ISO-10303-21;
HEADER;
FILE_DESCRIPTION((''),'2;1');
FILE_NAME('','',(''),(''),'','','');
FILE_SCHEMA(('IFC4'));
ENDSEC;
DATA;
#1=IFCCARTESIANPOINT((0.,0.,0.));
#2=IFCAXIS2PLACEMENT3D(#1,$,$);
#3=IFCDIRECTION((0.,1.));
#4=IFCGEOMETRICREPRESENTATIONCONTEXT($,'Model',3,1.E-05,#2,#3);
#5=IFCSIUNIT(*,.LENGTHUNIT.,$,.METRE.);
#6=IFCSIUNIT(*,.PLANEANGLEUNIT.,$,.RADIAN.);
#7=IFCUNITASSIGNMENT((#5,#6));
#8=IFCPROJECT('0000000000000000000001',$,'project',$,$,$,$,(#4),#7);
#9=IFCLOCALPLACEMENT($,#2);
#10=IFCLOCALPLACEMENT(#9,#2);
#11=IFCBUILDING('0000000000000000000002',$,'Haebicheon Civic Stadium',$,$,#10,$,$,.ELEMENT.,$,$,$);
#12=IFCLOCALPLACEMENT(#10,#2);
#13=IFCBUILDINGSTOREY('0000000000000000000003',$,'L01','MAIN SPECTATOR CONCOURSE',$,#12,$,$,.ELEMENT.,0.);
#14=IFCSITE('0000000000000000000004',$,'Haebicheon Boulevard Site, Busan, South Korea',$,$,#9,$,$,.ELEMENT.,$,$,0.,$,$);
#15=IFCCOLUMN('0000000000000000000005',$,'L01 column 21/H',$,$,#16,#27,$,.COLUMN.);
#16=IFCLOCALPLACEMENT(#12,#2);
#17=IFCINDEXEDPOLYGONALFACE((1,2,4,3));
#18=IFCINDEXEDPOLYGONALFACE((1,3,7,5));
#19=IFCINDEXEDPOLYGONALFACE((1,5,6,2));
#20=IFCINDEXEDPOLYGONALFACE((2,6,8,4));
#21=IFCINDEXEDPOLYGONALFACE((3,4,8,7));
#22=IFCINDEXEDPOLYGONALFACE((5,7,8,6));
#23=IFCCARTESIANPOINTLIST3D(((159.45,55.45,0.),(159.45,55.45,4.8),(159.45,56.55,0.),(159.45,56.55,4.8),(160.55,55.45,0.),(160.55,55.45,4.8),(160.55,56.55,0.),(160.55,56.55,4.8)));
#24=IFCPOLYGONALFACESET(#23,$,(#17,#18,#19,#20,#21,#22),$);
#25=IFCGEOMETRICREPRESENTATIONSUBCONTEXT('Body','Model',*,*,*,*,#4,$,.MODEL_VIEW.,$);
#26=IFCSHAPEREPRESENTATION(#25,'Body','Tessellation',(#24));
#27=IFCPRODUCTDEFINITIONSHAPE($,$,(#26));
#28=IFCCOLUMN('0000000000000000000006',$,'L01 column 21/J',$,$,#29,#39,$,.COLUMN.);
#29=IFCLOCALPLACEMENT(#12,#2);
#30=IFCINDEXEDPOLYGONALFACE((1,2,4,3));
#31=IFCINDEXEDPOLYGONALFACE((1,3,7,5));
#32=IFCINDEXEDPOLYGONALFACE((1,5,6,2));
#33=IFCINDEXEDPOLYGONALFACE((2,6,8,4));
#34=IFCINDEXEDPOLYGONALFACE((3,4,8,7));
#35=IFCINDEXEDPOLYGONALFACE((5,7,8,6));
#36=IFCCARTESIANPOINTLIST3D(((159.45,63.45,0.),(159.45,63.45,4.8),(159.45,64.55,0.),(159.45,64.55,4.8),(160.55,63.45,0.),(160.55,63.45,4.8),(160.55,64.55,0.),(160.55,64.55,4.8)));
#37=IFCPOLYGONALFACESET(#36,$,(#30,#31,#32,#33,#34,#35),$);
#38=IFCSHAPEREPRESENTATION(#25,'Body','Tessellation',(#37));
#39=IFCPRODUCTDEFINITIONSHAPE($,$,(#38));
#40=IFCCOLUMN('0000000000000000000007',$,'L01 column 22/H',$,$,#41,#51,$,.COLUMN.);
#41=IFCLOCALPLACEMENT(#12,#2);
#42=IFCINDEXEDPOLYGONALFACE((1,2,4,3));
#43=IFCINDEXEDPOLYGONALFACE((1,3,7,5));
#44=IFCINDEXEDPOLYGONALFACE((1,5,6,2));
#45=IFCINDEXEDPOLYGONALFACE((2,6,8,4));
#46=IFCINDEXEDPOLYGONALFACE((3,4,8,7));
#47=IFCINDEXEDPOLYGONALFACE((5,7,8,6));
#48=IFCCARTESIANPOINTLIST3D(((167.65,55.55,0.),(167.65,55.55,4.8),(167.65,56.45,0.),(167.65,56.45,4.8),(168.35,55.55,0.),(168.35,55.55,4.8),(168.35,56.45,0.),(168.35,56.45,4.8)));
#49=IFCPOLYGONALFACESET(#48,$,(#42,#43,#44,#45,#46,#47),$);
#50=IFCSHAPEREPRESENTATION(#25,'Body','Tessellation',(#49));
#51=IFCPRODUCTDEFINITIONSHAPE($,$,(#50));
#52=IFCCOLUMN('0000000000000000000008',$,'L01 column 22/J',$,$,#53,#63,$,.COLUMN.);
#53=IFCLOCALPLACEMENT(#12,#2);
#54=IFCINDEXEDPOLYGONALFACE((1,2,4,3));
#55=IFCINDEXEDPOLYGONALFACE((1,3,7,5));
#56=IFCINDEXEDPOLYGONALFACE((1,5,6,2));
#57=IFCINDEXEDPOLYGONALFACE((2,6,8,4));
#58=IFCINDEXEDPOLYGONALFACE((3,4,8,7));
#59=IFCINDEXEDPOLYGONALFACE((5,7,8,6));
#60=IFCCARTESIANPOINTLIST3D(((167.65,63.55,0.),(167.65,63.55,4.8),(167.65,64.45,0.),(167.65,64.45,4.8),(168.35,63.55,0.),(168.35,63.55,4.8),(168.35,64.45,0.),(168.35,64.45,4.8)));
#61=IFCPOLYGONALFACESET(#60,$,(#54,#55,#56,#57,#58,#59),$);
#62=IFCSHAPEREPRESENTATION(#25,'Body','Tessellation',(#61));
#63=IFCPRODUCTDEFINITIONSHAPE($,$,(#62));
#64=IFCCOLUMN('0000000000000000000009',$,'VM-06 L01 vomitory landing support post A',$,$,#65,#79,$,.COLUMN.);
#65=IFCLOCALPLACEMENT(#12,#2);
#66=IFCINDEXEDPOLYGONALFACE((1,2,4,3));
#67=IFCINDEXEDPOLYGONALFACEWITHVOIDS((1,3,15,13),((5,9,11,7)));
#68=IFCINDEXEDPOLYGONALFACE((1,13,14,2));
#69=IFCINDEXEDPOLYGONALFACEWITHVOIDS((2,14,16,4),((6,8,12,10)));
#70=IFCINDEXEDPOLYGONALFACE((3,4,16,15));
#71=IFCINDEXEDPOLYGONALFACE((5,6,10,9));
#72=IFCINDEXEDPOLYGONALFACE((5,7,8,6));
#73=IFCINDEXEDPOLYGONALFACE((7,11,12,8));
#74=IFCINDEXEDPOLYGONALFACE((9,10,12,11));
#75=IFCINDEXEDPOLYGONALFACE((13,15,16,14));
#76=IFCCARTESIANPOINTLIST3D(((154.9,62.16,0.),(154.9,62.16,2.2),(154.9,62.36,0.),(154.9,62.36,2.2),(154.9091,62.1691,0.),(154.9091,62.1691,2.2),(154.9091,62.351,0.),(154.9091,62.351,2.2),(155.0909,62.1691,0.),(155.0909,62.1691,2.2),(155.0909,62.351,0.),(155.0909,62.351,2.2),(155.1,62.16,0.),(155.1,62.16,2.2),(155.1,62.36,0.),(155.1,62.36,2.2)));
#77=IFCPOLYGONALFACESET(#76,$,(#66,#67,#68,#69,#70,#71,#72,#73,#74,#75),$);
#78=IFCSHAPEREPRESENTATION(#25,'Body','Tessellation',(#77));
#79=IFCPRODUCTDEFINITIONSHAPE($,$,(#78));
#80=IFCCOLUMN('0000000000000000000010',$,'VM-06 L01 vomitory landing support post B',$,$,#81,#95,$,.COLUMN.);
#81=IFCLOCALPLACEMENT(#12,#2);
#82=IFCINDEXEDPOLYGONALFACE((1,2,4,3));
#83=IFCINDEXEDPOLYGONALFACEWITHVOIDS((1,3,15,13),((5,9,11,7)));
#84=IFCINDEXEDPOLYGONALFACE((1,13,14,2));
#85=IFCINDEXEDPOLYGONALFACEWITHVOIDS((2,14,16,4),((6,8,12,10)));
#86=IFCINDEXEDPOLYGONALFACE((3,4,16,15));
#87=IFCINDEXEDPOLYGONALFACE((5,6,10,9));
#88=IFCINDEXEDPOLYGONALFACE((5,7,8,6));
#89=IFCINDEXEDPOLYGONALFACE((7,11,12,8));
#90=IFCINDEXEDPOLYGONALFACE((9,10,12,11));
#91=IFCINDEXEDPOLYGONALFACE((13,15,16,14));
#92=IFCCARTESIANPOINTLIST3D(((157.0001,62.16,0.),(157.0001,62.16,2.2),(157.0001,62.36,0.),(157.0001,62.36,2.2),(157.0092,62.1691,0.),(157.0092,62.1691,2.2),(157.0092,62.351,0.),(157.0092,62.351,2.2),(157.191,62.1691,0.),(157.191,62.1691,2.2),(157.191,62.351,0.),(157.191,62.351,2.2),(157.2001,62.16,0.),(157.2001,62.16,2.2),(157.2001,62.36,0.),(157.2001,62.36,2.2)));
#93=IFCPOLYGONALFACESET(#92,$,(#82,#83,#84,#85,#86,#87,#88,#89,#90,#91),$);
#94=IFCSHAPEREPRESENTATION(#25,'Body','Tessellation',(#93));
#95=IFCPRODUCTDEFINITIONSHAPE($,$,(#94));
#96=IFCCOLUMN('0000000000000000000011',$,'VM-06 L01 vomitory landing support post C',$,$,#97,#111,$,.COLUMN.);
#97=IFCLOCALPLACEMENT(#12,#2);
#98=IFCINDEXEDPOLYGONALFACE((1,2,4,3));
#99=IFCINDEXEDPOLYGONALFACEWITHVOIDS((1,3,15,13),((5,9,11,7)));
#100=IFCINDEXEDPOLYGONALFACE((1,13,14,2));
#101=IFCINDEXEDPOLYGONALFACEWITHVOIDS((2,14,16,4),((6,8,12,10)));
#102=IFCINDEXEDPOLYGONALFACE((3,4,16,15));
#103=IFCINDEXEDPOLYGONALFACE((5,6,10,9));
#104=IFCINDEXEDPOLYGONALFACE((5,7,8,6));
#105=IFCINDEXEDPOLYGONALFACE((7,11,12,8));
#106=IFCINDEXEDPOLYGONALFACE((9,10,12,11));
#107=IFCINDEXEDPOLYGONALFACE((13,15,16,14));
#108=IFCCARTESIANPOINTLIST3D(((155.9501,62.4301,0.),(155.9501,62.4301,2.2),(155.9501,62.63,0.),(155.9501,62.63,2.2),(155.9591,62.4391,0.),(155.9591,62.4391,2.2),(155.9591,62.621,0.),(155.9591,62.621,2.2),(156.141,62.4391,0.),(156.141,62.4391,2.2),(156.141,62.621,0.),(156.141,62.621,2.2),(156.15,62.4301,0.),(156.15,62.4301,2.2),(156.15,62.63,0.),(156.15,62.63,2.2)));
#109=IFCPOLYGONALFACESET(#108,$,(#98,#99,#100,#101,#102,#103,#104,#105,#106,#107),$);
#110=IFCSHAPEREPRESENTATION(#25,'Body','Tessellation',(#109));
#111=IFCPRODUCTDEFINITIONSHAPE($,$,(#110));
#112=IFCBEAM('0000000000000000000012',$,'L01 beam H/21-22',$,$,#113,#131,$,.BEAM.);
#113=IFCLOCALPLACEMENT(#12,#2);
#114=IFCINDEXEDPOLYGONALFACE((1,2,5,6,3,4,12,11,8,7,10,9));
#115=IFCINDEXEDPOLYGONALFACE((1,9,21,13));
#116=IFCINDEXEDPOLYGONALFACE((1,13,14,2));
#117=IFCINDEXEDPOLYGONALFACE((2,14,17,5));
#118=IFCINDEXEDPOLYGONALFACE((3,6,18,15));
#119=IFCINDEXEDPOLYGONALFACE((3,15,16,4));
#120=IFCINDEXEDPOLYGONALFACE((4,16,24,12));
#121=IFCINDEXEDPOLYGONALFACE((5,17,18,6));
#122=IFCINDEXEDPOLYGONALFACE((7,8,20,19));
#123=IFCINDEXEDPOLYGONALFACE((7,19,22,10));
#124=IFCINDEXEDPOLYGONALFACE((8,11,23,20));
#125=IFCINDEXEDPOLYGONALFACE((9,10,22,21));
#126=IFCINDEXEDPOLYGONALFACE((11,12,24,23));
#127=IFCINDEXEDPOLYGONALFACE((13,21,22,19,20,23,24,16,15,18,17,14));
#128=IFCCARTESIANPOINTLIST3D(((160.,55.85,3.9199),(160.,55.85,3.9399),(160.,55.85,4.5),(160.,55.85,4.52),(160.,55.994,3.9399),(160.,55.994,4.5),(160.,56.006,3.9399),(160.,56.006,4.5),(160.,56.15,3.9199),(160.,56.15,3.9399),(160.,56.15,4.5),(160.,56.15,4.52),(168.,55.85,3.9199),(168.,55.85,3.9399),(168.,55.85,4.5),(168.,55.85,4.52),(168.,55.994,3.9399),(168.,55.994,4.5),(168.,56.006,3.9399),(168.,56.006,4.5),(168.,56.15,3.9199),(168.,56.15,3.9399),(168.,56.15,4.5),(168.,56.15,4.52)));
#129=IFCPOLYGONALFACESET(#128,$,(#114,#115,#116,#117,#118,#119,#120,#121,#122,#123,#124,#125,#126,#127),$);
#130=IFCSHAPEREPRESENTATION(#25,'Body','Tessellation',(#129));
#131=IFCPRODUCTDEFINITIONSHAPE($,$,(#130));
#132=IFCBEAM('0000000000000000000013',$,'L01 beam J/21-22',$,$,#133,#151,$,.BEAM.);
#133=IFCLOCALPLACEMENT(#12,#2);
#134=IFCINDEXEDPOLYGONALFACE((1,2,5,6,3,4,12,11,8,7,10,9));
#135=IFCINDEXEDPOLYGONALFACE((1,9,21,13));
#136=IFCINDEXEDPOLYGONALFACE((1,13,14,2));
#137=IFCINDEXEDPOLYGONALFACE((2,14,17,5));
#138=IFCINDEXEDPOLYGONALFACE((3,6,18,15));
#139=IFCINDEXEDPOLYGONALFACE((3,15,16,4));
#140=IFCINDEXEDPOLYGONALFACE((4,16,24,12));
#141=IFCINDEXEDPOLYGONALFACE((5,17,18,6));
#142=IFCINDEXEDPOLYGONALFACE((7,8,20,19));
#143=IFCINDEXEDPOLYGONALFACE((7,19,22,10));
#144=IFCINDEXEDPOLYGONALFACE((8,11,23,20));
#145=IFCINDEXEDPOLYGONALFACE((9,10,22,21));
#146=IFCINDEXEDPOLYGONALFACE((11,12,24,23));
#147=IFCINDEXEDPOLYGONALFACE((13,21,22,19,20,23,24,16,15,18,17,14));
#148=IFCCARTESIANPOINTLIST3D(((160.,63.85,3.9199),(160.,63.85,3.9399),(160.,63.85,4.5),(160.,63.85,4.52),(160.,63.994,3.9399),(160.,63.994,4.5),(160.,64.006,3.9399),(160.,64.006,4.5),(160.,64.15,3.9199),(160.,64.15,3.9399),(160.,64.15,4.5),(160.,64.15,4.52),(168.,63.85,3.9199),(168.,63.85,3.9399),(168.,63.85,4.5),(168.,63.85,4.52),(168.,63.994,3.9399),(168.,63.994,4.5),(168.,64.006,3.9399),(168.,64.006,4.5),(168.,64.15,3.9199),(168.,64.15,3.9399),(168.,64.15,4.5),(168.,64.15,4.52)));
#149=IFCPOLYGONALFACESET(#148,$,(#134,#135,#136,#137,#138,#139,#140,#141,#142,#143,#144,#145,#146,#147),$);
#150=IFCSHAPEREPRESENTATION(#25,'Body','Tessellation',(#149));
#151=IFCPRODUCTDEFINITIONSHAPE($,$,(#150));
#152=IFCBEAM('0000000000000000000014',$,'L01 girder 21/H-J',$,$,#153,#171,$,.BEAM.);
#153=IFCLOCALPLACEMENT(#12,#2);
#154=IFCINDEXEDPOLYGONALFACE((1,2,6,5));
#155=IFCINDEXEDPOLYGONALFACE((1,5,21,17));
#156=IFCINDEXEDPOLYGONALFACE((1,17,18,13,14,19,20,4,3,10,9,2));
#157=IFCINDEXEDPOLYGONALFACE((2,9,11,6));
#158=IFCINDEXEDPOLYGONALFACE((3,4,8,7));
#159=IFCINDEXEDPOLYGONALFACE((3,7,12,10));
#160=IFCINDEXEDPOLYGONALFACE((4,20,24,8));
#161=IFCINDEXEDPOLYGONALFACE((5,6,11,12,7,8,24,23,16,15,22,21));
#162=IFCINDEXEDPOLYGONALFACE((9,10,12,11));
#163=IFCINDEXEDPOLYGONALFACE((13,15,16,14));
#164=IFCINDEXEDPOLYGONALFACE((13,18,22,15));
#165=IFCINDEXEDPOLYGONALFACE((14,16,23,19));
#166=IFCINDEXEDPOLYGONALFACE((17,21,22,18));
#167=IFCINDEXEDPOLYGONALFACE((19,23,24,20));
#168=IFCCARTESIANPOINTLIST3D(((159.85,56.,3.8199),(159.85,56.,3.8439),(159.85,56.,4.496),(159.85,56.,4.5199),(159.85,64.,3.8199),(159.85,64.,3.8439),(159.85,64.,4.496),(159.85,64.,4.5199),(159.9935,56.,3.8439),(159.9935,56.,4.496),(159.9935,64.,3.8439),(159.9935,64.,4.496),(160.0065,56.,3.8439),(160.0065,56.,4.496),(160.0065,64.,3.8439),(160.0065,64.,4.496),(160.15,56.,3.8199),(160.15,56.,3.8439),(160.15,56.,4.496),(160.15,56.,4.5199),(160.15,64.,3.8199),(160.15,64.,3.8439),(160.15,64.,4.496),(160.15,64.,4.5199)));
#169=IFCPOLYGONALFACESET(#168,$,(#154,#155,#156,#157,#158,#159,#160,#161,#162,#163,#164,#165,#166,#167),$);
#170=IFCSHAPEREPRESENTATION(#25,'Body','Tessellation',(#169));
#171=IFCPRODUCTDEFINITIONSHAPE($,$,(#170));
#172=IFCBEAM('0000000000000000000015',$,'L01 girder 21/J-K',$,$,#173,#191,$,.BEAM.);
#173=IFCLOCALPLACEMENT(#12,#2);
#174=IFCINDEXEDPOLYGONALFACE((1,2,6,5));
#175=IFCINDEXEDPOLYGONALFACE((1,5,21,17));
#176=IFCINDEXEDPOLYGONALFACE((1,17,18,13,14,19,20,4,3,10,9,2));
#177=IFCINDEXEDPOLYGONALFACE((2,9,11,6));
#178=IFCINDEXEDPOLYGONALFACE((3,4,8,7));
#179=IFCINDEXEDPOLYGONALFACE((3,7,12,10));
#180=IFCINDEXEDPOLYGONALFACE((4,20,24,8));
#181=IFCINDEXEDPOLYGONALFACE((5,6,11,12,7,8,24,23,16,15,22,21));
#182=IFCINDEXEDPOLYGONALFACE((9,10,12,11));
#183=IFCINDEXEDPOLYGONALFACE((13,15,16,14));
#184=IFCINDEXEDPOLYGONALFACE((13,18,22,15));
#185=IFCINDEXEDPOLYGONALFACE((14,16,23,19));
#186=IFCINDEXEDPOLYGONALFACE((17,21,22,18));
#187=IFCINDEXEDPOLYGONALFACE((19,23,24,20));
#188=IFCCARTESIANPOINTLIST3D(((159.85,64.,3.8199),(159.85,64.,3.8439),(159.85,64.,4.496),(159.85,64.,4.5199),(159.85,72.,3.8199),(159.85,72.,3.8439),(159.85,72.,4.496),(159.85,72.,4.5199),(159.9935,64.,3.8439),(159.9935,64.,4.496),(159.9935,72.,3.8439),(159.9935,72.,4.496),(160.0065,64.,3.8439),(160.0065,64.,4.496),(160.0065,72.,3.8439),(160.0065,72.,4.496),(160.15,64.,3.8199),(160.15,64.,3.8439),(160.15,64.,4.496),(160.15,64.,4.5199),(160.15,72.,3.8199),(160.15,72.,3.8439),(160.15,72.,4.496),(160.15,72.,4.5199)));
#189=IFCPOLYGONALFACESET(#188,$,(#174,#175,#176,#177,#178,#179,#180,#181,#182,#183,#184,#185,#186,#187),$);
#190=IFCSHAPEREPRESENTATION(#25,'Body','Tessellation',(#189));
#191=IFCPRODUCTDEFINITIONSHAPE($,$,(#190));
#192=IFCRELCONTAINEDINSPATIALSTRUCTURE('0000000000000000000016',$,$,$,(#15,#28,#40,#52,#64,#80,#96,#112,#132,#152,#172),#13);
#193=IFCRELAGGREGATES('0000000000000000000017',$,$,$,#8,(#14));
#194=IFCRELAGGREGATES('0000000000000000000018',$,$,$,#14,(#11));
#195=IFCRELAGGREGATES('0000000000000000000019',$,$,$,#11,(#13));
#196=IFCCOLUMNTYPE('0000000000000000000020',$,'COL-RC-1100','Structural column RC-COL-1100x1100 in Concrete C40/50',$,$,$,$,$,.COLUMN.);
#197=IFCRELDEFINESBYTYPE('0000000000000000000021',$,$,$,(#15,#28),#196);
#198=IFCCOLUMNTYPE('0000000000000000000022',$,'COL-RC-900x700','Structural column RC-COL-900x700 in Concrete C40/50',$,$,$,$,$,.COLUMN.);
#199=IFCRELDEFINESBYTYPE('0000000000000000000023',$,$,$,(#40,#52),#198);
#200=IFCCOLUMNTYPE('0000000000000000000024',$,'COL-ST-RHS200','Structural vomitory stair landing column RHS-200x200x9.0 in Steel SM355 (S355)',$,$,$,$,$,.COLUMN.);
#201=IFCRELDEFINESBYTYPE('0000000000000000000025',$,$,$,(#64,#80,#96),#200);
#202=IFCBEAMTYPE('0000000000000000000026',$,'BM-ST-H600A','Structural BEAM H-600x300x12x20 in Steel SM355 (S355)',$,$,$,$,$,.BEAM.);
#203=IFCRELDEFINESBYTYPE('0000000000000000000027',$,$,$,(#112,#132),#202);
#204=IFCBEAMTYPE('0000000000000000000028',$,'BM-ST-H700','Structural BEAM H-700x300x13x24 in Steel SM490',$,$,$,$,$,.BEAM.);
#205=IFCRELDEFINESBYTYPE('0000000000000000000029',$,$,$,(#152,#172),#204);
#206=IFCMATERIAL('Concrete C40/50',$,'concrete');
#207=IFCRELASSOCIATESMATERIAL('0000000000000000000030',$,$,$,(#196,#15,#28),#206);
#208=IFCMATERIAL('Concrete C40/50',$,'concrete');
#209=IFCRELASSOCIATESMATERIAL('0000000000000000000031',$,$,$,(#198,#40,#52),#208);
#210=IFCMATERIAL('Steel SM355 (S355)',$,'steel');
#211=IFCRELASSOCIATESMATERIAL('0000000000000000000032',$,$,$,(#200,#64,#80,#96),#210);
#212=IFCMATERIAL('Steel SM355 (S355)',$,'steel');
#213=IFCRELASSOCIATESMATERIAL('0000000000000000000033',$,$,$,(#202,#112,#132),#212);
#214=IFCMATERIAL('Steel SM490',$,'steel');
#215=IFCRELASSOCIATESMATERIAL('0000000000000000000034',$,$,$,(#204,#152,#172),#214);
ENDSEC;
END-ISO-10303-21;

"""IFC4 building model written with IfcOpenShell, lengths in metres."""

from ifc_helpers import new_model, si_unit, direction, frame, origin, origin_2d, place, context, subcontext, project, spatial, rectangle, hollow_rectangle, i_section, extrude, material, material_profile, profile_set, type_object, element, save


model = new_model("IFC4")

# Units and contexts
model_context = context("Model", 3, precision=1e-05, world=origin(), true_north=direction((0.0, 1.0)))
body_context = subcontext(model_context, "Body", "Model", "MODEL_VIEW")
ifc_project = project(units=[si_unit("LENGTHUNIT", "METRE"), si_unit("PLANEANGLEUNIT", "RADIAN")], contexts=[model_context])

# Site, building, storey
site_placement = place(None, origin())
site = spatial("IfcSite", under=ifc_project, at=site_placement, Name="Haebicheon Boulevard Site, Busan, South Korea", CompositionType="ELEMENT", RefElevation=0.0)
building_placement = place(site_placement, origin())
building = spatial("IfcBuilding", under=site, at=building_placement, Name="Haebicheon Civic Stadium", CompositionType="ELEMENT")
storey_placement = place(building_placement, origin())
storey = spatial("IfcBuildingStorey", under=building, at=storey_placement, Name="L01", Description="MAIN SPECTATOR CONCOURSE", CompositionType="ELEMENT", Elevation=0.0)

# Columns
ifc_material_1 = material(Name="Concrete C40/50", Category="concrete")
ifc_material_profile_1 = material_profile(ifc_material_1, rectangle(XDim=1.1001, YDim=1.1001, at=origin_2d()), Name="RC-COL-1100x1100")
ifc_profile_set_1 = profile_set([ifc_material_profile_1], Name="Concrete C40/50")
column_type_1 = type_object("IfcColumnType", Name="COL-RC-1100", Description="Structural column RC-COL-1100x1100 in Concrete C40/50", PredefinedType="COLUMN", material=ifc_profile_set_1)
for number, where, z_axis, x_axis, name in (
    (1, (160.0, 56.0, 0.0), (0.0, 0.0, 1.0), (1.0, 0.0, 0.0), "L01 column 21/H"),
    (2, (160.0, 64.0, 0.0), (0.0, 0.0, 1.0), (1.0, 0.0, 0.0), "L01 column 21/J"),
):
    element("IfcColumn", number, at=place(storey_placement, frame(where, z_axis=z_axis, x_axis=x_axis)), inside=storey, type_object=column_type_1, material=ifc_profile_set_1, Name=name, PredefinedType="COLUMN", context=body_context, shape_type="SweptSolid", body=[
        extrude(rectangle(XDim=1.1001, YDim=1.1001, at=origin_2d()), origin(), (0.0, 0.0, 1.0), 4.8),
    ])
ifc_material_2 = material(Name="Concrete C40/50", Category="concrete")
ifc_material_profile_2 = material_profile(ifc_material_2, rectangle(XDim=0.7, YDim=0.8999, at=origin_2d()), Name="RC-COL-900x700")
ifc_profile_set_2 = profile_set([ifc_material_profile_2], Name="Concrete C40/50")
column_type_2 = type_object("IfcColumnType", Name="COL-RC-900x700", Description="Structural column RC-COL-900x700 in Concrete C40/50", PredefinedType="COLUMN", material=ifc_profile_set_2)
for number, where, z_axis, x_axis, name in (
    (3, (168.0, 56.0, 0.0), (0.0, 0.0, 1.0), (1.0, 0.0, 0.0), "L01 column 22/H"),
    (4, (168.0, 64.0, 0.0), (0.0, 0.0, 1.0), (1.0, 0.0, 0.0), "L01 column 22/J"),
):
    element("IfcColumn", number, at=place(storey_placement, frame(where, z_axis=z_axis, x_axis=x_axis)), inside=storey, type_object=column_type_2, material=ifc_profile_set_2, Name=name, PredefinedType="COLUMN", context=body_context, shape_type="SweptSolid", body=[
        extrude(rectangle(XDim=0.7, YDim=0.8999, at=origin_2d()), origin(), (0.0, 0.0, 1.0), 4.8),
    ])
ifc_material_3 = material(Name="Steel SM355 (S355)", Category="steel")
ifc_material_profile_3 = material_profile(ifc_material_3, hollow_rectangle(XDim=0.2, YDim=0.2, WallThickness=0.009, at=origin_2d()), Name="RHS-200x200x9.0")
ifc_profile_set_3 = profile_set([ifc_material_profile_3], Name="Steel SM355 (S355)")
column_type_3 = type_object("IfcColumnType", Name="COL-ST-RHS200", Description="Structural vomitory stair landing column RHS-200x200x9.0 in Steel SM355 (S355)", PredefinedType="COLUMN", material=ifc_profile_set_3)
for number, where, z_axis, x_axis, name in (
    (5, (155.0, 62.26, 0.0), (0.0, 0.0, 1.0), (1.0, 0.0, 0.0), "VM-06 L01 vomitory landing support post A"),
    (6, (157.1001, 62.26, 0.0), (0.0, 0.0, 1.0), (1.0, 0.0, 0.0), "VM-06 L01 vomitory landing support post B"),
    (7, (156.05, 62.53, 0.0), (0.0, 0.0, 1.0), (1.0, 0.0, 0.0), "VM-06 L01 vomitory landing support post C"),
):
    element("IfcColumn", number, at=place(storey_placement, frame(where, z_axis=z_axis, x_axis=x_axis)), inside=storey, type_object=column_type_3, material=ifc_profile_set_3, Name=name, PredefinedType="COLUMN", context=body_context, shape_type="SweptSolid", body=[
        extrude(hollow_rectangle(XDim=0.2, YDim=0.2, WallThickness=0.009, at=origin_2d()), origin(), (0.0, 0.0, 1.0), 2.2),
    ])

# Beams
ifc_material_4 = material(Name="Steel SM355 (S355)", Category="steel")
ifc_material_profile_4 = material_profile(ifc_material_4, i_section(OverallWidth=0.3, OverallDepth=0.6001, WebThickness=0.012, FlangeThickness=0.02, at=origin_2d()), Name="H-600x300x12x20")
ifc_profile_set_4 = profile_set([ifc_material_profile_4], Name="Steel SM355 (S355)")
beam_type_1 = type_object("IfcBeamType", Name="BM-ST-H600A", Description="Structural BEAM H-600x300x12x20 in Steel SM355 (S355)", PredefinedType="BEAM", material=ifc_profile_set_4)
for number, where, z_axis, x_axis, name in (
    (8, (160.0, 56.0, 4.22), (1.0, 0.0, 0.0), (0.0, 1.0, 0.0), "L01 beam H/21-22"),
    (9, (160.0, 64.0, 4.22), (1.0, 0.0, 0.0), (0.0, 1.0, 0.0), "L01 beam J/21-22"),
):
    element("IfcBeam", number, at=place(storey_placement, frame(where, z_axis=z_axis, x_axis=x_axis)), inside=storey, type_object=beam_type_1, material=ifc_profile_set_4, Name=name, PredefinedType="BEAM", context=body_context, shape_type="SweptSolid", body=[
        extrude(i_section(OverallWidth=0.3, OverallDepth=0.6001, WebThickness=0.012, FlangeThickness=0.02, at=origin_2d()), origin(), (0.0, 0.0, 1.0), 8.0),
    ])
ifc_material_5 = material(Name="Steel SM490", Category="steel")
ifc_material_profile_5 = material_profile(ifc_material_5, i_section(OverallWidth=0.3, OverallDepth=0.7, WebThickness=0.0129, FlangeThickness=0.0239, at=origin_2d()), Name="H-700x300x13x24")
ifc_profile_set_5 = profile_set([ifc_material_profile_5], Name="Steel SM490")
beam_type_2 = type_object("IfcBeamType", Name="BM-ST-H700", Description="Structural BEAM H-700x300x13x24 in Steel SM490", PredefinedType="BEAM", material=ifc_profile_set_5)
for number, where, z_axis, x_axis, name in (
    (10, (160.0, 56.0, 4.1699), (0.0, 1.0, 0.0), (-1.0, 0.0, 0.0), "L01 girder 21/H-J"),
    (11, (160.0, 64.0, 4.1699), (0.0, 1.0, 0.0), (-1.0, 0.0, 0.0), "L01 girder 21/J-K"),
):
    element("IfcBeam", number, at=place(storey_placement, frame(where, z_axis=z_axis, x_axis=x_axis)), inside=storey, type_object=beam_type_2, material=ifc_profile_set_5, Name=name, PredefinedType="BEAM", context=body_context, shape_type="SweptSolid", body=[
        extrude(i_section(OverallWidth=0.3, OverallDepth=0.7, WebThickness=0.0129, FlangeThickness=0.0239, at=origin_2d()), origin(), (0.0, 0.0, 1.0), 8.0),
    ])

save(model, "model.ifc")
